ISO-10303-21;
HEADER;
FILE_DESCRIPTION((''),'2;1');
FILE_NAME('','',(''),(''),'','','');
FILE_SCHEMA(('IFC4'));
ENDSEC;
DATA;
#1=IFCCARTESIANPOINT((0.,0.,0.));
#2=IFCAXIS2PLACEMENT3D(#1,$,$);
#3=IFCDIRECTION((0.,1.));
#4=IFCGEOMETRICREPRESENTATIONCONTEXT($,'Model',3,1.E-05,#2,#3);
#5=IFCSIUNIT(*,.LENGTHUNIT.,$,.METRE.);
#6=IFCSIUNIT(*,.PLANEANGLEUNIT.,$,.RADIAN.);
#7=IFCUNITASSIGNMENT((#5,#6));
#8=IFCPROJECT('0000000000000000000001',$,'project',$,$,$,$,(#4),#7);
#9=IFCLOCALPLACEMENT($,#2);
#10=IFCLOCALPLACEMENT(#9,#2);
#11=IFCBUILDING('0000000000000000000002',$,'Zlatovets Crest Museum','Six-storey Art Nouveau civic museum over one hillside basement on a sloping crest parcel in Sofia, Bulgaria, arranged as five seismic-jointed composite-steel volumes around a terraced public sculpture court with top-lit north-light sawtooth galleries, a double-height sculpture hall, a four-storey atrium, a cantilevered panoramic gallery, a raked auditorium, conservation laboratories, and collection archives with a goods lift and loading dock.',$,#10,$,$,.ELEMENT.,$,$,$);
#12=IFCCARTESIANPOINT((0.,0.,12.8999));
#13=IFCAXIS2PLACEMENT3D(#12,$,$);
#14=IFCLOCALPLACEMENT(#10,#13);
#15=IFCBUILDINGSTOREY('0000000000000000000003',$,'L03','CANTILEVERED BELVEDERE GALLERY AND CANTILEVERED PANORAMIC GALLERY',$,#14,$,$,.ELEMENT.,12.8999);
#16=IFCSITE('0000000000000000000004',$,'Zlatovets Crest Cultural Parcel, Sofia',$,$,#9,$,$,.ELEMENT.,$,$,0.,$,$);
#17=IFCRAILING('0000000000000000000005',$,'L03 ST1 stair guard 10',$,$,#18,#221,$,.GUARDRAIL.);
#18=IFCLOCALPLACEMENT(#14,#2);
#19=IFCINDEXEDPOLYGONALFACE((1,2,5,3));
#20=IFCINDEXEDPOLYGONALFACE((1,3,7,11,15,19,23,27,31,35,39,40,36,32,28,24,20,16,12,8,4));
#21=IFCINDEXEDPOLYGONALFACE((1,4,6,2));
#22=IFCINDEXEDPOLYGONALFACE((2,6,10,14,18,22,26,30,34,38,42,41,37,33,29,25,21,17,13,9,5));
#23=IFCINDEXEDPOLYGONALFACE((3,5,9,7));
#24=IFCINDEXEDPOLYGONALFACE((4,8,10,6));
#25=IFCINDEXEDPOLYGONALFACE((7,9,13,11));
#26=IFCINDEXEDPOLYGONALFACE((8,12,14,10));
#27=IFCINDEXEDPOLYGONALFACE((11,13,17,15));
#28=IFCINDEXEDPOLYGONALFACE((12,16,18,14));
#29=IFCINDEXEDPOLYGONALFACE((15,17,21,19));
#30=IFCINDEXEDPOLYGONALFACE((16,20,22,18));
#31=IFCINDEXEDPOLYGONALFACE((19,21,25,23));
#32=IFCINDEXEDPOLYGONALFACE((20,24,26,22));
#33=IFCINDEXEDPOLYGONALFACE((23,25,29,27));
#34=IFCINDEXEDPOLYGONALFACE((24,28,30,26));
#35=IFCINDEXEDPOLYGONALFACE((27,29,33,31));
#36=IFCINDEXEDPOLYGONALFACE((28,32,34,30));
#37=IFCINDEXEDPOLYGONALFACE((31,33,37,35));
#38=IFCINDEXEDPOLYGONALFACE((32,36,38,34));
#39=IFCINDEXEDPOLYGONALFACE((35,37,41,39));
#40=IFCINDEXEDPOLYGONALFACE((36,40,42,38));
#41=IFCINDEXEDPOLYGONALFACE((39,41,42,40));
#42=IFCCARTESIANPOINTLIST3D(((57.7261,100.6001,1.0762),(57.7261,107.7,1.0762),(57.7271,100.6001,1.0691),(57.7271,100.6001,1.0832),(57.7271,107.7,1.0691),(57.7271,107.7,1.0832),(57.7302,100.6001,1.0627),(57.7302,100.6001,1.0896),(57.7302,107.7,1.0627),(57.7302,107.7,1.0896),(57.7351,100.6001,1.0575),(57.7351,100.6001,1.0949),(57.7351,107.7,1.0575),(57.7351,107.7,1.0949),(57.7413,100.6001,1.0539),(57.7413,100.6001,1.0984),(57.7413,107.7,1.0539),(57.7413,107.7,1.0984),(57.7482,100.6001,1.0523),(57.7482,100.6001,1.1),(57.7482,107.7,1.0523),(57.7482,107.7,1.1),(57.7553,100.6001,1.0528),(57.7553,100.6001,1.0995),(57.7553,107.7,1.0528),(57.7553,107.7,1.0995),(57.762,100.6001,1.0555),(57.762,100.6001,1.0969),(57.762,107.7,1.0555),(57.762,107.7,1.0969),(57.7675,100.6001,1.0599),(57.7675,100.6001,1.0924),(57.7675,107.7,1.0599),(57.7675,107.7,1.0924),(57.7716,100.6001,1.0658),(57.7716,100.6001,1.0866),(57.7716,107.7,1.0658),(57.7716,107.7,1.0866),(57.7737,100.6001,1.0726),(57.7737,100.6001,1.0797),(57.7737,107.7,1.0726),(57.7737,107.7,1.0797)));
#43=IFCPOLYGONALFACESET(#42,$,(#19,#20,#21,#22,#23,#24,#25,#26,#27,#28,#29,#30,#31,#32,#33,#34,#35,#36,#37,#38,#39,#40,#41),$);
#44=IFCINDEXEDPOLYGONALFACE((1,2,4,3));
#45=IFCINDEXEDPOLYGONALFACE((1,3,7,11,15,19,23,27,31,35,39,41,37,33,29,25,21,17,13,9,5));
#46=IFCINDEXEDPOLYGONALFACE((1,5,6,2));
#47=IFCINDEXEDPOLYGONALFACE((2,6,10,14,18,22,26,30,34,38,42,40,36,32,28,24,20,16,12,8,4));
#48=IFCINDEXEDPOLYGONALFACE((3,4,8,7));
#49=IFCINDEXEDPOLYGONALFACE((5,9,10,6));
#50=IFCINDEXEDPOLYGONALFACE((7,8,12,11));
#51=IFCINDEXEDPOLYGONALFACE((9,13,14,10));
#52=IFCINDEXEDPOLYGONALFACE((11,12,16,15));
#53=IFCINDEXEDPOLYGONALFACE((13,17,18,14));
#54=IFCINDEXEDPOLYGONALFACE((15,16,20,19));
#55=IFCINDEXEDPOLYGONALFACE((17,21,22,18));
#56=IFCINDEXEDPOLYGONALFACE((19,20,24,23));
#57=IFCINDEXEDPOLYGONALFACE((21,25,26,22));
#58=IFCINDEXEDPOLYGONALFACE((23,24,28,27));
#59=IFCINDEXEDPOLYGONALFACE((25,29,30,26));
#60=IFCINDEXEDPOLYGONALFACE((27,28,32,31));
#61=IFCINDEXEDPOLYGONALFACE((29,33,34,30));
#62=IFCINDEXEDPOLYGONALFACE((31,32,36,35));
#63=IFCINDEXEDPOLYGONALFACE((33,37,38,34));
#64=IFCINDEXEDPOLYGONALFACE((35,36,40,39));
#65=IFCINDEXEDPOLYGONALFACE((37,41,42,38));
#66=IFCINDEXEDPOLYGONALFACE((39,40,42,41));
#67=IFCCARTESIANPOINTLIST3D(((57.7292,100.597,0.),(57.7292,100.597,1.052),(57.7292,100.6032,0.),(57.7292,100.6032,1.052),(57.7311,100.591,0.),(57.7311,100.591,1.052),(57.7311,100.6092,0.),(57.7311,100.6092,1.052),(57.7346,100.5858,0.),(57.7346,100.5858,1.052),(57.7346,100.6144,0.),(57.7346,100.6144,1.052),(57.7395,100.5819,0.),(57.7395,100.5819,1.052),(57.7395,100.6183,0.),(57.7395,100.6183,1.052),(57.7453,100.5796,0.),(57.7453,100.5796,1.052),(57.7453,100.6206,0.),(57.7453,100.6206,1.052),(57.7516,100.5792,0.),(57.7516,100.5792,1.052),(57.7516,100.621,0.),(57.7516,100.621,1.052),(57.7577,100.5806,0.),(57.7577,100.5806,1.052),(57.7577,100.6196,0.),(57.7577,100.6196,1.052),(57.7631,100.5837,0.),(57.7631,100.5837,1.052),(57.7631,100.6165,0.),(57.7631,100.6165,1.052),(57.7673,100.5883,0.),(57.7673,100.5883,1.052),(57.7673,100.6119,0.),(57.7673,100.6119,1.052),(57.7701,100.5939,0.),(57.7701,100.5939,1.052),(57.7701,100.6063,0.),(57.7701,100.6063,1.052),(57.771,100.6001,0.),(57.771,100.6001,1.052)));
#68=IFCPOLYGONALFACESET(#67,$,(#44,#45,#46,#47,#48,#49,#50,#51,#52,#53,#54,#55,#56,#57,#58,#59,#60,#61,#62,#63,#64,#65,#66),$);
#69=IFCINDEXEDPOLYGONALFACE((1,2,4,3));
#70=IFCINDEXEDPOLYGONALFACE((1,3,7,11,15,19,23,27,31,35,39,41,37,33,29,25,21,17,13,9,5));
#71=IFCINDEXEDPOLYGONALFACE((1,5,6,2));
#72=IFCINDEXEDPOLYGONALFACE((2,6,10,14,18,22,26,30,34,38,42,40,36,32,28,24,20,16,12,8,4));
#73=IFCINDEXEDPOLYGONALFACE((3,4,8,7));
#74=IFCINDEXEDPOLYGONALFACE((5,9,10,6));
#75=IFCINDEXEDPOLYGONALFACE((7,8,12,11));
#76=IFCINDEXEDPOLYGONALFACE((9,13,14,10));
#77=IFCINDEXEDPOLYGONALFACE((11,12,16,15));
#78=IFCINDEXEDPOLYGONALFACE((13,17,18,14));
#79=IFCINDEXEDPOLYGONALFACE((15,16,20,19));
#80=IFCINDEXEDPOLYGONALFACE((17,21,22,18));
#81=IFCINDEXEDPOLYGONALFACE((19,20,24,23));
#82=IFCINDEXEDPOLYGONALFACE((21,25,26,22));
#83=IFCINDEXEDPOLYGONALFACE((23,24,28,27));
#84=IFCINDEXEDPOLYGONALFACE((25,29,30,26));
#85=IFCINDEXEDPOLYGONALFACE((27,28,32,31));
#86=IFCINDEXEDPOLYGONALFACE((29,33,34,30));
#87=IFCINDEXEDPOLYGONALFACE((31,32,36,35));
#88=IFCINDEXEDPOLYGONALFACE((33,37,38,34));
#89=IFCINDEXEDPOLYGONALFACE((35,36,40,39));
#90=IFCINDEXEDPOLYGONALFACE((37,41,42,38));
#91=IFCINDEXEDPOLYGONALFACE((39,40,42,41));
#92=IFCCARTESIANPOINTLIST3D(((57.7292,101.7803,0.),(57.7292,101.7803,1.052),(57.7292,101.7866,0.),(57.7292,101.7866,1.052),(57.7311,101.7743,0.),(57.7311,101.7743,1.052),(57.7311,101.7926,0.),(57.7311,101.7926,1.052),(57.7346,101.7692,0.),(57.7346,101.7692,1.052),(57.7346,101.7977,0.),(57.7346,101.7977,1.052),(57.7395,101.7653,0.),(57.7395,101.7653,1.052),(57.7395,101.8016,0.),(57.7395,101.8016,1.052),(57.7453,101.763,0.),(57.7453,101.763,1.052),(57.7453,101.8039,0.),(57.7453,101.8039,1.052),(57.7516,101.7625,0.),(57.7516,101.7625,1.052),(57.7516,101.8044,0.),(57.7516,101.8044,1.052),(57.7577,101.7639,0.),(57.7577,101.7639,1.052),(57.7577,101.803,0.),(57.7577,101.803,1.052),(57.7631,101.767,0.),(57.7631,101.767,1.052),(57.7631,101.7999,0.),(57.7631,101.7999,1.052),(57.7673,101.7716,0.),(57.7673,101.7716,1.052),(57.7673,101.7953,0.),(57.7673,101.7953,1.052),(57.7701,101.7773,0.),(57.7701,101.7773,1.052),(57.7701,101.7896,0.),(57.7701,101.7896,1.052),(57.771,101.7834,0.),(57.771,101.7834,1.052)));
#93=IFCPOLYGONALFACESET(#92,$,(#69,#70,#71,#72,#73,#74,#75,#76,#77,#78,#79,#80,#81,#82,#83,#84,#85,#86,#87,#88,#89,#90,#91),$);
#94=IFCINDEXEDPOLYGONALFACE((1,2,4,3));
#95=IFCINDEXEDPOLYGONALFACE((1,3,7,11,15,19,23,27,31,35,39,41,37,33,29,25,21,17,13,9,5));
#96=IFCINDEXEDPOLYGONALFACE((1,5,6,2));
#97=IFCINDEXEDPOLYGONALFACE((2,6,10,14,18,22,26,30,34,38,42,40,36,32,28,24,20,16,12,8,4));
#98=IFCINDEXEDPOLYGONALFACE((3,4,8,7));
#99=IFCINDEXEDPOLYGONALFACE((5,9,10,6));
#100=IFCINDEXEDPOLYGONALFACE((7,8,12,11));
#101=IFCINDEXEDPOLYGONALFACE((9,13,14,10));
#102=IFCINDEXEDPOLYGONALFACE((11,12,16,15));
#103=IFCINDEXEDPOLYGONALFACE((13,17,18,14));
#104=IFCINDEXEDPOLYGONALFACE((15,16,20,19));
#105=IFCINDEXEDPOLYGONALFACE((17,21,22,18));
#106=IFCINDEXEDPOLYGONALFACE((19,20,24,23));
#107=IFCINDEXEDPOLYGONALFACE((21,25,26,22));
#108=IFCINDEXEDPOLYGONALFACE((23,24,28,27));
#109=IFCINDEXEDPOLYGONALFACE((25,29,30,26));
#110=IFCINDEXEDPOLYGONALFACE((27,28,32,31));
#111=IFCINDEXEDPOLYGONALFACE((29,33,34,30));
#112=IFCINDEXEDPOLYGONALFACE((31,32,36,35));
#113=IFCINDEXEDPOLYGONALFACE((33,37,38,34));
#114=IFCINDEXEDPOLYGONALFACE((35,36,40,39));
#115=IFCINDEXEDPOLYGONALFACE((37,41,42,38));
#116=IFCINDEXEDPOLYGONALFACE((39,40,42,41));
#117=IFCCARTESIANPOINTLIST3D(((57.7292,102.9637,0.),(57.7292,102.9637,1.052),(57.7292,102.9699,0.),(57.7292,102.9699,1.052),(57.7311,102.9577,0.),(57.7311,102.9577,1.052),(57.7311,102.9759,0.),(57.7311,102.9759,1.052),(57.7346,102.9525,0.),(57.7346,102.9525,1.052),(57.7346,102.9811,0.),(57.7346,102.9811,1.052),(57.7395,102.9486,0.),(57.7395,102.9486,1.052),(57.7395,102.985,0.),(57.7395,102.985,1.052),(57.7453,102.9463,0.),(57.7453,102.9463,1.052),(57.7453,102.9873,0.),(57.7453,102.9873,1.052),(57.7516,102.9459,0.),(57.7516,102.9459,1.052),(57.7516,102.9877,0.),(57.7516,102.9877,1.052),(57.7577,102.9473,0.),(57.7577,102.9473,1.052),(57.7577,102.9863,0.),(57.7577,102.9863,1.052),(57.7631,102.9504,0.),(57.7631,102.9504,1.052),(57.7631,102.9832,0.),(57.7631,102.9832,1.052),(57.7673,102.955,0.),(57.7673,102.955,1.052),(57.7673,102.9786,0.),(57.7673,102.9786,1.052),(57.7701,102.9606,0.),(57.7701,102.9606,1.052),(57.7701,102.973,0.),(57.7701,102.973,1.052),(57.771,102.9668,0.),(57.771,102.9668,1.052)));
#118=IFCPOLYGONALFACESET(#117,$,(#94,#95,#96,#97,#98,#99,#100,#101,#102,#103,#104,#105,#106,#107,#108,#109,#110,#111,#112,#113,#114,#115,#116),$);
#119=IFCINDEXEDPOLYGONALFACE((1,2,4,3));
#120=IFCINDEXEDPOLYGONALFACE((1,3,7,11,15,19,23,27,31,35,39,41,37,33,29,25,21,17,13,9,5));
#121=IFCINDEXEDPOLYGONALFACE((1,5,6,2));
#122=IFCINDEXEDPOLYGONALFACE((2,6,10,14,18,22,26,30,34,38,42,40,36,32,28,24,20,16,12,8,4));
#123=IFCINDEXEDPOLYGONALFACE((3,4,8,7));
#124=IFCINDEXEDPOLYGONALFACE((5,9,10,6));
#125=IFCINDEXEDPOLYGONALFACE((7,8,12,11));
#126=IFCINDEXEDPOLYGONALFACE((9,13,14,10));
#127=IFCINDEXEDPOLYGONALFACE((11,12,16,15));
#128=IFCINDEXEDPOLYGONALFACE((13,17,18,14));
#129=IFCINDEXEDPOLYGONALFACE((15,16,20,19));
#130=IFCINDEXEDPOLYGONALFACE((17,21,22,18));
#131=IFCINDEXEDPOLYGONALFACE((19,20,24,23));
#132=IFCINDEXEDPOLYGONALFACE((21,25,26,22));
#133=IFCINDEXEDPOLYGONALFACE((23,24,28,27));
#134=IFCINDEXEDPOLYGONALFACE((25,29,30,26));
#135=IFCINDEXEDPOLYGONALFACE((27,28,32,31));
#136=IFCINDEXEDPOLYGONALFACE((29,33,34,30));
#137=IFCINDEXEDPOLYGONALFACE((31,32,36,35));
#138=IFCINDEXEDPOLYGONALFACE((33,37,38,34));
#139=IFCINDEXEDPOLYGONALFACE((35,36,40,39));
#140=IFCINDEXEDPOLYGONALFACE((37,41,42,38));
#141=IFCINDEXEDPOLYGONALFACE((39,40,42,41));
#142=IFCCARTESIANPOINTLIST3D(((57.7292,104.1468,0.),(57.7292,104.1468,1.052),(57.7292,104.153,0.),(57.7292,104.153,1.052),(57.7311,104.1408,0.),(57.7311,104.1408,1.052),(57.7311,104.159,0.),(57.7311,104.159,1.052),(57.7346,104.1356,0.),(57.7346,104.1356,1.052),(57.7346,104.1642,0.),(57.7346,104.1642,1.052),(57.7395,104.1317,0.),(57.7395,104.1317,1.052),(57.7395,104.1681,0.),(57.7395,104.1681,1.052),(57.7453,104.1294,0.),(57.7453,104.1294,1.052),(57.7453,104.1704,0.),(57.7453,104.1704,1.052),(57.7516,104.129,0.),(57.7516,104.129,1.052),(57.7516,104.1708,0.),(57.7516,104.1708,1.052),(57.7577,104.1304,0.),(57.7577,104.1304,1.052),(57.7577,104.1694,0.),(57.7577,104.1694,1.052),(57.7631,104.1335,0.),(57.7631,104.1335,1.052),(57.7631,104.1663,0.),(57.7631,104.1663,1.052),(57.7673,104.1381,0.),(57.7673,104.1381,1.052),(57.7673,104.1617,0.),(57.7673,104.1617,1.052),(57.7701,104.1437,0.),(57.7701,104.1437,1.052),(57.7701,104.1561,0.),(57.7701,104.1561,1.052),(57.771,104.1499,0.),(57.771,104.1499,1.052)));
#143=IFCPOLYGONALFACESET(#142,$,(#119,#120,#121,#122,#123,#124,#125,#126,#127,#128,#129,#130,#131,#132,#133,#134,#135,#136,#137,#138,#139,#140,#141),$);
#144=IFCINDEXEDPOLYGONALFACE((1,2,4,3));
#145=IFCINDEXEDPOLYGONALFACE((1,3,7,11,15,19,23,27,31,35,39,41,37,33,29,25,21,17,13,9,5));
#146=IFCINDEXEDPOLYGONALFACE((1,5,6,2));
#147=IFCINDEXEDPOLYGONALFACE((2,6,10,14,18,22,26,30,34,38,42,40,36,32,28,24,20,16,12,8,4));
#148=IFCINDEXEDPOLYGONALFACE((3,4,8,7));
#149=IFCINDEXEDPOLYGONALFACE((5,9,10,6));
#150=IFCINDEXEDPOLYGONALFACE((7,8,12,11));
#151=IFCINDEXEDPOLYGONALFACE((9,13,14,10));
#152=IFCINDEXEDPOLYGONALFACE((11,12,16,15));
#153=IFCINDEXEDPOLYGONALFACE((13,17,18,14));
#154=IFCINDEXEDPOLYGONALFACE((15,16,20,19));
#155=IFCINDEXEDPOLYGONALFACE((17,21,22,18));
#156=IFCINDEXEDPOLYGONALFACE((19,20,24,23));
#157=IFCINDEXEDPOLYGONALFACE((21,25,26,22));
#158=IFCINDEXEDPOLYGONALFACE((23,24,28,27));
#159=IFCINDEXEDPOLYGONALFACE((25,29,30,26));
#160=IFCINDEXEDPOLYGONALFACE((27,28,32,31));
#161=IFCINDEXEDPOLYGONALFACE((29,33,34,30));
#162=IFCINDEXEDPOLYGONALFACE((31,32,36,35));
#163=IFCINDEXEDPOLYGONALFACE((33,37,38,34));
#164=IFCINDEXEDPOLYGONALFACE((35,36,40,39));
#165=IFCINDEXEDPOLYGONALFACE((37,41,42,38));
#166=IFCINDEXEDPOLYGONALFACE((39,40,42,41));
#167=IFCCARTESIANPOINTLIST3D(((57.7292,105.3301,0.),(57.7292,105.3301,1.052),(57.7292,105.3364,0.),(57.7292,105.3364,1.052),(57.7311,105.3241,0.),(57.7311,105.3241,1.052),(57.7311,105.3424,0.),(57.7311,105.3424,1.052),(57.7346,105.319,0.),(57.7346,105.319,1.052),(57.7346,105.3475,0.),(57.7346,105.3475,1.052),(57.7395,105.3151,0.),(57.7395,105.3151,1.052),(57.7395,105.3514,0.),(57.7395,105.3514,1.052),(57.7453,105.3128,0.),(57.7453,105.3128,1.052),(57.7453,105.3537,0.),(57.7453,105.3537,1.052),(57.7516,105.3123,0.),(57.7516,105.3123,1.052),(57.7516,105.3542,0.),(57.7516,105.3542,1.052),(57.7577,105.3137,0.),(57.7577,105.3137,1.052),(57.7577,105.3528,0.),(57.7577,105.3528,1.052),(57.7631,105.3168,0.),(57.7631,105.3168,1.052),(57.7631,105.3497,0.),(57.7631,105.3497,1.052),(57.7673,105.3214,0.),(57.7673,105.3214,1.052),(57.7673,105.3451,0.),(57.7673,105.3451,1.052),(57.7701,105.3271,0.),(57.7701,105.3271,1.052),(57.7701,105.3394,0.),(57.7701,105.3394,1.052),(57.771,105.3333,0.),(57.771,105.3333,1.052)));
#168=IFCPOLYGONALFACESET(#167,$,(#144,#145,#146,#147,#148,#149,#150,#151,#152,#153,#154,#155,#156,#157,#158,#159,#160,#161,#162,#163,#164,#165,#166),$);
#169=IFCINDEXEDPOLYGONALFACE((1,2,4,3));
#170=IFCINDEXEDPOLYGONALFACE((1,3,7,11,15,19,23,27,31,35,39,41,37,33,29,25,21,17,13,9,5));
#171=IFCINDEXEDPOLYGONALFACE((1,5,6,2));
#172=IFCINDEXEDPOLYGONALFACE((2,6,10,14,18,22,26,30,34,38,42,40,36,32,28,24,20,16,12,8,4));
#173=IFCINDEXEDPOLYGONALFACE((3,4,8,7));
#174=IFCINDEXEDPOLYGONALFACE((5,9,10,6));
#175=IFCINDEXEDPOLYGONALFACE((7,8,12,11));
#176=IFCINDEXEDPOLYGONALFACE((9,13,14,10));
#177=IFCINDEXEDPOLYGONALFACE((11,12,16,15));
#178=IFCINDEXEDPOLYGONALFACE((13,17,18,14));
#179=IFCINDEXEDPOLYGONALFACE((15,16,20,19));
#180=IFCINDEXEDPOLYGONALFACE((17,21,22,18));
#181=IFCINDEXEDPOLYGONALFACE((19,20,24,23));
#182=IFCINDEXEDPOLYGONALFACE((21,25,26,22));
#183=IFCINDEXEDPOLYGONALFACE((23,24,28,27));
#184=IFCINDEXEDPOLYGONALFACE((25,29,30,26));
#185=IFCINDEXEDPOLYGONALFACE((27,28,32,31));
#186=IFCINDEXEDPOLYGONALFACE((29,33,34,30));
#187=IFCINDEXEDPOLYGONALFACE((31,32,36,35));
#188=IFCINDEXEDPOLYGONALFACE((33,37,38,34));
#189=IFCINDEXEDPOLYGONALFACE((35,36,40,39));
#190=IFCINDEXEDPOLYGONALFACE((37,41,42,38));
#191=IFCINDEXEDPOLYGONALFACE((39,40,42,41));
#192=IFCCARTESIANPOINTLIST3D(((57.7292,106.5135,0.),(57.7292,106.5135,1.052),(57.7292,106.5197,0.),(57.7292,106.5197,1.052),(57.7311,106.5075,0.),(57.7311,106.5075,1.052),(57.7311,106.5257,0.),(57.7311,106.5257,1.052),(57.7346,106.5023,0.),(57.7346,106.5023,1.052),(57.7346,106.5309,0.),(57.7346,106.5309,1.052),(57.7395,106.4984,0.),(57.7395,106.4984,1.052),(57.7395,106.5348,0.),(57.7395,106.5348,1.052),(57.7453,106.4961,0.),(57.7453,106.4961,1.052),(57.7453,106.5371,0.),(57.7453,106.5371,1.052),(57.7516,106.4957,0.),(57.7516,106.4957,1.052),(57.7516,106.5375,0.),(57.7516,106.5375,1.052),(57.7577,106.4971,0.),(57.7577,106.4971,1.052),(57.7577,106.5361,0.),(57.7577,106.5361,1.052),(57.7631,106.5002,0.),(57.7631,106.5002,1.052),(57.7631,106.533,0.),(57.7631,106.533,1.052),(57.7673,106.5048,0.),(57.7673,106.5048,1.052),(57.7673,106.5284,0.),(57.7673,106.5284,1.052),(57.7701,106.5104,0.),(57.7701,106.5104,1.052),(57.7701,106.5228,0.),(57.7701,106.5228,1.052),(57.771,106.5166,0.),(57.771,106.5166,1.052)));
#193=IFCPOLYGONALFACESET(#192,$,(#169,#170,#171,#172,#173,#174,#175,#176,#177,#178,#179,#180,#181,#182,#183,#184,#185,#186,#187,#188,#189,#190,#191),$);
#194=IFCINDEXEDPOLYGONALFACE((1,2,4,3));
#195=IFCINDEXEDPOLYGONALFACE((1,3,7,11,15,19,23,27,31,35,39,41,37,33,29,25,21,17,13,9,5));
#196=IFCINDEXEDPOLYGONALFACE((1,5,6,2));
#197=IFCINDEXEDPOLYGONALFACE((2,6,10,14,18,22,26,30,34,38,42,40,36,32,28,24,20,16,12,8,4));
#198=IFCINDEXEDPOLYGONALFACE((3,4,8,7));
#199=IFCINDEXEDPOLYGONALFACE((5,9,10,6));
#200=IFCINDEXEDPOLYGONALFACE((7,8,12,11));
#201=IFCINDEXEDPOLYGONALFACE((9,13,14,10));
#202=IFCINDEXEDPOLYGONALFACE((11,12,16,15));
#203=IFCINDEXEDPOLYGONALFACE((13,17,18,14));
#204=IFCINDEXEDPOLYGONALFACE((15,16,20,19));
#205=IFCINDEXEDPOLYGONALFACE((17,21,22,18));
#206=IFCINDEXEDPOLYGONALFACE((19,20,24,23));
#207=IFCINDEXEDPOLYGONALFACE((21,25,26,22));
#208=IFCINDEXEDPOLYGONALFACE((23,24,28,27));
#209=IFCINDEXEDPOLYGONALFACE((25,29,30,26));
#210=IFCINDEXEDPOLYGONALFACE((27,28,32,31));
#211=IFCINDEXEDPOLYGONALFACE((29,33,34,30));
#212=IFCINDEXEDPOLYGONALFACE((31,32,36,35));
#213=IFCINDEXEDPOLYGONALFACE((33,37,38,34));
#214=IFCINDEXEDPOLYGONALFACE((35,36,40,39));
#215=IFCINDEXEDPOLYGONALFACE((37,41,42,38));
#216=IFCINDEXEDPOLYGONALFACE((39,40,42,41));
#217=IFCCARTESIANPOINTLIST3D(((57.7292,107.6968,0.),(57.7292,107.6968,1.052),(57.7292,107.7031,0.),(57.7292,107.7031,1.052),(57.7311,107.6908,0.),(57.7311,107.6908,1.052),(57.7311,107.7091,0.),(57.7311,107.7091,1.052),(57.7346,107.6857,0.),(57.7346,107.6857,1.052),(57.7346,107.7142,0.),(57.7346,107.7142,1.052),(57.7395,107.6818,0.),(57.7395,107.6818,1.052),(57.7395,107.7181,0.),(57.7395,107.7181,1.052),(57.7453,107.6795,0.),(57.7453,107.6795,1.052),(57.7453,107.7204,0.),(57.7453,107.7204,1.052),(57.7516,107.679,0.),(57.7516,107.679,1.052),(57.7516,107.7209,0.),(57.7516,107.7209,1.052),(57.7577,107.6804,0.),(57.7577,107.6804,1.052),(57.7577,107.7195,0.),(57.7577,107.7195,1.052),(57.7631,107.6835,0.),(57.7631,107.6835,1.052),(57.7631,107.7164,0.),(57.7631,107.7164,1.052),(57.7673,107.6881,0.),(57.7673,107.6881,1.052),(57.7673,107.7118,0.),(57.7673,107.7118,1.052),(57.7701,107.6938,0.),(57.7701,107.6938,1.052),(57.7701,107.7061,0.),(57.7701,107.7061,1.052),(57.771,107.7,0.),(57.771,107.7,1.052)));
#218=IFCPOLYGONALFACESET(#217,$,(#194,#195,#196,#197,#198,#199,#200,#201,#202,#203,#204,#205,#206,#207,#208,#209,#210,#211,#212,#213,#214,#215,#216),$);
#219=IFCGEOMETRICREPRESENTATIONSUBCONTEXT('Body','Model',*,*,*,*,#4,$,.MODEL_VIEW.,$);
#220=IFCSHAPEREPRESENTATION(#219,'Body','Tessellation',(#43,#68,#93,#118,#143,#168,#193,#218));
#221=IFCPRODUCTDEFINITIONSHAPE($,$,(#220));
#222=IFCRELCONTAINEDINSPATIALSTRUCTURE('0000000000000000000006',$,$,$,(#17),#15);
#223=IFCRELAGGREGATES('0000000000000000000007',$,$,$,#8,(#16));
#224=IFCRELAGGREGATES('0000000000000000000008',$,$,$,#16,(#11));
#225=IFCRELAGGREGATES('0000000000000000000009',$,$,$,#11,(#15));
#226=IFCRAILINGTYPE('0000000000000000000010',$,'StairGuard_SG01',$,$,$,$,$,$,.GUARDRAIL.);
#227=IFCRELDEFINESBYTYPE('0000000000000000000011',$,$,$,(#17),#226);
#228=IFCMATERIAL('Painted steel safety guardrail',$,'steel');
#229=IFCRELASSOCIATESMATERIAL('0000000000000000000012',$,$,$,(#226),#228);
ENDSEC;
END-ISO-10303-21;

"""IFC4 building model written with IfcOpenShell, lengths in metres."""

from ifc_helpers import new_model, si_unit, direction, frame, origin, origin_2d, place, context, subcontext, project, spatial, circle, extrude, material, type_object, element, save


model = new_model("IFC4")

# Units and contexts
model_context = context("Model", 3, precision=1e-05, world=origin(), true_north=direction((0.0, 1.0)))
body_context = subcontext(model_context, "Body", "Model", "MODEL_VIEW")
ifc_project = project(units=[si_unit("LENGTHUNIT", "METRE"), si_unit("PLANEANGLEUNIT", "RADIAN")], contexts=[model_context])

# Site, building, storey
site_placement = place(None, origin())
site = spatial("IfcSite", under=ifc_project, at=site_placement, Name="Zlatovets Crest Cultural Parcel, Sofia", CompositionType="ELEMENT", RefElevation=0.0)
building_placement = place(site_placement, origin())
building = spatial("IfcBuilding", under=site, at=building_placement, Name="Zlatovets Crest Museum", Description="Six-storey Art Nouveau civic museum over one hillside basement on a sloping crest parcel in Sofia, Bulgaria, arranged as five seismic-jointed composite-steel volumes around a terraced public sculpture court with top-lit north-light sawtooth galleries, a double-height sculpture hall, a four-storey atrium, a cantilevered panoramic gallery, a raked auditorium, conservation laboratories, and collection archives with a goods lift and loading dock.", CompositionType="ELEMENT")
storey_placement = place(building_placement, frame((0.0, 0.0, 12.8999)))
storey = spatial("IfcBuildingStorey", under=building, at=storey_placement, Name="L03", Description="CANTILEVERED BELVEDERE GALLERY AND CANTILEVERED PANORAMIC GALLERY", CompositionType="ELEMENT", Elevation=12.8999)

# Railing
ifc_material_1 = material(Name="Painted steel safety guardrail", Category="steel")
railing_type_1 = type_object("IfcRailingType", Name="StairGuard_SG01", PredefinedType="GUARDRAIL", material=ifc_material_1)
railing_1_placement = place(storey_placement, frame((57.75, 100.6001, 0.0)))
element("IfcRailing", 1, at=railing_1_placement, inside=storey, type_object=railing_type_1, Name="L03 ST1 stair guard 10", PredefinedType="GUARDRAIL", context=body_context, shape_type="SweptSolid", body=[
    extrude(circle(Radius=0.0239, at=origin_2d()), frame((0.0, 0.0, 1.0762), z_axis=(0.0, 1.0, 0.0), x_axis=(-1.0, 0.0, 0.0)), (0.0, 0.0, 1.0), 7.0999),
    extrude(circle(Radius=0.021, at=origin_2d()), origin(), (0.0, 0.0, 1.0), 1.052),
    extrude(circle(Radius=0.021, at=origin_2d()), frame((0.0, 1.1833, 0.0)), (0.0, 0.0, 1.0), 1.052),
    extrude(circle(Radius=0.021, at=origin_2d()), frame((0.0, 2.3667, 0.0)), (0.0, 0.0, 1.0), 1.052),
    extrude(circle(Radius=0.021, at=origin_2d()), frame((0.0, 3.5498, 0.0)), (0.0, 0.0, 1.0), 1.052),
    extrude(circle(Radius=0.021, at=origin_2d()), frame((0.0, 4.7332, 0.0)), (0.0, 0.0, 1.0), 1.052),
    extrude(circle(Radius=0.021, at=origin_2d()), frame((0.0, 5.9165, 0.0)), (0.0, 0.0, 1.0), 1.052),
    extrude(circle(Radius=0.021, at=origin_2d()), frame((0.0, 7.0999, 0.0)), (0.0, 0.0, 1.0), 1.052),
])

save(model, "model.ifc")
